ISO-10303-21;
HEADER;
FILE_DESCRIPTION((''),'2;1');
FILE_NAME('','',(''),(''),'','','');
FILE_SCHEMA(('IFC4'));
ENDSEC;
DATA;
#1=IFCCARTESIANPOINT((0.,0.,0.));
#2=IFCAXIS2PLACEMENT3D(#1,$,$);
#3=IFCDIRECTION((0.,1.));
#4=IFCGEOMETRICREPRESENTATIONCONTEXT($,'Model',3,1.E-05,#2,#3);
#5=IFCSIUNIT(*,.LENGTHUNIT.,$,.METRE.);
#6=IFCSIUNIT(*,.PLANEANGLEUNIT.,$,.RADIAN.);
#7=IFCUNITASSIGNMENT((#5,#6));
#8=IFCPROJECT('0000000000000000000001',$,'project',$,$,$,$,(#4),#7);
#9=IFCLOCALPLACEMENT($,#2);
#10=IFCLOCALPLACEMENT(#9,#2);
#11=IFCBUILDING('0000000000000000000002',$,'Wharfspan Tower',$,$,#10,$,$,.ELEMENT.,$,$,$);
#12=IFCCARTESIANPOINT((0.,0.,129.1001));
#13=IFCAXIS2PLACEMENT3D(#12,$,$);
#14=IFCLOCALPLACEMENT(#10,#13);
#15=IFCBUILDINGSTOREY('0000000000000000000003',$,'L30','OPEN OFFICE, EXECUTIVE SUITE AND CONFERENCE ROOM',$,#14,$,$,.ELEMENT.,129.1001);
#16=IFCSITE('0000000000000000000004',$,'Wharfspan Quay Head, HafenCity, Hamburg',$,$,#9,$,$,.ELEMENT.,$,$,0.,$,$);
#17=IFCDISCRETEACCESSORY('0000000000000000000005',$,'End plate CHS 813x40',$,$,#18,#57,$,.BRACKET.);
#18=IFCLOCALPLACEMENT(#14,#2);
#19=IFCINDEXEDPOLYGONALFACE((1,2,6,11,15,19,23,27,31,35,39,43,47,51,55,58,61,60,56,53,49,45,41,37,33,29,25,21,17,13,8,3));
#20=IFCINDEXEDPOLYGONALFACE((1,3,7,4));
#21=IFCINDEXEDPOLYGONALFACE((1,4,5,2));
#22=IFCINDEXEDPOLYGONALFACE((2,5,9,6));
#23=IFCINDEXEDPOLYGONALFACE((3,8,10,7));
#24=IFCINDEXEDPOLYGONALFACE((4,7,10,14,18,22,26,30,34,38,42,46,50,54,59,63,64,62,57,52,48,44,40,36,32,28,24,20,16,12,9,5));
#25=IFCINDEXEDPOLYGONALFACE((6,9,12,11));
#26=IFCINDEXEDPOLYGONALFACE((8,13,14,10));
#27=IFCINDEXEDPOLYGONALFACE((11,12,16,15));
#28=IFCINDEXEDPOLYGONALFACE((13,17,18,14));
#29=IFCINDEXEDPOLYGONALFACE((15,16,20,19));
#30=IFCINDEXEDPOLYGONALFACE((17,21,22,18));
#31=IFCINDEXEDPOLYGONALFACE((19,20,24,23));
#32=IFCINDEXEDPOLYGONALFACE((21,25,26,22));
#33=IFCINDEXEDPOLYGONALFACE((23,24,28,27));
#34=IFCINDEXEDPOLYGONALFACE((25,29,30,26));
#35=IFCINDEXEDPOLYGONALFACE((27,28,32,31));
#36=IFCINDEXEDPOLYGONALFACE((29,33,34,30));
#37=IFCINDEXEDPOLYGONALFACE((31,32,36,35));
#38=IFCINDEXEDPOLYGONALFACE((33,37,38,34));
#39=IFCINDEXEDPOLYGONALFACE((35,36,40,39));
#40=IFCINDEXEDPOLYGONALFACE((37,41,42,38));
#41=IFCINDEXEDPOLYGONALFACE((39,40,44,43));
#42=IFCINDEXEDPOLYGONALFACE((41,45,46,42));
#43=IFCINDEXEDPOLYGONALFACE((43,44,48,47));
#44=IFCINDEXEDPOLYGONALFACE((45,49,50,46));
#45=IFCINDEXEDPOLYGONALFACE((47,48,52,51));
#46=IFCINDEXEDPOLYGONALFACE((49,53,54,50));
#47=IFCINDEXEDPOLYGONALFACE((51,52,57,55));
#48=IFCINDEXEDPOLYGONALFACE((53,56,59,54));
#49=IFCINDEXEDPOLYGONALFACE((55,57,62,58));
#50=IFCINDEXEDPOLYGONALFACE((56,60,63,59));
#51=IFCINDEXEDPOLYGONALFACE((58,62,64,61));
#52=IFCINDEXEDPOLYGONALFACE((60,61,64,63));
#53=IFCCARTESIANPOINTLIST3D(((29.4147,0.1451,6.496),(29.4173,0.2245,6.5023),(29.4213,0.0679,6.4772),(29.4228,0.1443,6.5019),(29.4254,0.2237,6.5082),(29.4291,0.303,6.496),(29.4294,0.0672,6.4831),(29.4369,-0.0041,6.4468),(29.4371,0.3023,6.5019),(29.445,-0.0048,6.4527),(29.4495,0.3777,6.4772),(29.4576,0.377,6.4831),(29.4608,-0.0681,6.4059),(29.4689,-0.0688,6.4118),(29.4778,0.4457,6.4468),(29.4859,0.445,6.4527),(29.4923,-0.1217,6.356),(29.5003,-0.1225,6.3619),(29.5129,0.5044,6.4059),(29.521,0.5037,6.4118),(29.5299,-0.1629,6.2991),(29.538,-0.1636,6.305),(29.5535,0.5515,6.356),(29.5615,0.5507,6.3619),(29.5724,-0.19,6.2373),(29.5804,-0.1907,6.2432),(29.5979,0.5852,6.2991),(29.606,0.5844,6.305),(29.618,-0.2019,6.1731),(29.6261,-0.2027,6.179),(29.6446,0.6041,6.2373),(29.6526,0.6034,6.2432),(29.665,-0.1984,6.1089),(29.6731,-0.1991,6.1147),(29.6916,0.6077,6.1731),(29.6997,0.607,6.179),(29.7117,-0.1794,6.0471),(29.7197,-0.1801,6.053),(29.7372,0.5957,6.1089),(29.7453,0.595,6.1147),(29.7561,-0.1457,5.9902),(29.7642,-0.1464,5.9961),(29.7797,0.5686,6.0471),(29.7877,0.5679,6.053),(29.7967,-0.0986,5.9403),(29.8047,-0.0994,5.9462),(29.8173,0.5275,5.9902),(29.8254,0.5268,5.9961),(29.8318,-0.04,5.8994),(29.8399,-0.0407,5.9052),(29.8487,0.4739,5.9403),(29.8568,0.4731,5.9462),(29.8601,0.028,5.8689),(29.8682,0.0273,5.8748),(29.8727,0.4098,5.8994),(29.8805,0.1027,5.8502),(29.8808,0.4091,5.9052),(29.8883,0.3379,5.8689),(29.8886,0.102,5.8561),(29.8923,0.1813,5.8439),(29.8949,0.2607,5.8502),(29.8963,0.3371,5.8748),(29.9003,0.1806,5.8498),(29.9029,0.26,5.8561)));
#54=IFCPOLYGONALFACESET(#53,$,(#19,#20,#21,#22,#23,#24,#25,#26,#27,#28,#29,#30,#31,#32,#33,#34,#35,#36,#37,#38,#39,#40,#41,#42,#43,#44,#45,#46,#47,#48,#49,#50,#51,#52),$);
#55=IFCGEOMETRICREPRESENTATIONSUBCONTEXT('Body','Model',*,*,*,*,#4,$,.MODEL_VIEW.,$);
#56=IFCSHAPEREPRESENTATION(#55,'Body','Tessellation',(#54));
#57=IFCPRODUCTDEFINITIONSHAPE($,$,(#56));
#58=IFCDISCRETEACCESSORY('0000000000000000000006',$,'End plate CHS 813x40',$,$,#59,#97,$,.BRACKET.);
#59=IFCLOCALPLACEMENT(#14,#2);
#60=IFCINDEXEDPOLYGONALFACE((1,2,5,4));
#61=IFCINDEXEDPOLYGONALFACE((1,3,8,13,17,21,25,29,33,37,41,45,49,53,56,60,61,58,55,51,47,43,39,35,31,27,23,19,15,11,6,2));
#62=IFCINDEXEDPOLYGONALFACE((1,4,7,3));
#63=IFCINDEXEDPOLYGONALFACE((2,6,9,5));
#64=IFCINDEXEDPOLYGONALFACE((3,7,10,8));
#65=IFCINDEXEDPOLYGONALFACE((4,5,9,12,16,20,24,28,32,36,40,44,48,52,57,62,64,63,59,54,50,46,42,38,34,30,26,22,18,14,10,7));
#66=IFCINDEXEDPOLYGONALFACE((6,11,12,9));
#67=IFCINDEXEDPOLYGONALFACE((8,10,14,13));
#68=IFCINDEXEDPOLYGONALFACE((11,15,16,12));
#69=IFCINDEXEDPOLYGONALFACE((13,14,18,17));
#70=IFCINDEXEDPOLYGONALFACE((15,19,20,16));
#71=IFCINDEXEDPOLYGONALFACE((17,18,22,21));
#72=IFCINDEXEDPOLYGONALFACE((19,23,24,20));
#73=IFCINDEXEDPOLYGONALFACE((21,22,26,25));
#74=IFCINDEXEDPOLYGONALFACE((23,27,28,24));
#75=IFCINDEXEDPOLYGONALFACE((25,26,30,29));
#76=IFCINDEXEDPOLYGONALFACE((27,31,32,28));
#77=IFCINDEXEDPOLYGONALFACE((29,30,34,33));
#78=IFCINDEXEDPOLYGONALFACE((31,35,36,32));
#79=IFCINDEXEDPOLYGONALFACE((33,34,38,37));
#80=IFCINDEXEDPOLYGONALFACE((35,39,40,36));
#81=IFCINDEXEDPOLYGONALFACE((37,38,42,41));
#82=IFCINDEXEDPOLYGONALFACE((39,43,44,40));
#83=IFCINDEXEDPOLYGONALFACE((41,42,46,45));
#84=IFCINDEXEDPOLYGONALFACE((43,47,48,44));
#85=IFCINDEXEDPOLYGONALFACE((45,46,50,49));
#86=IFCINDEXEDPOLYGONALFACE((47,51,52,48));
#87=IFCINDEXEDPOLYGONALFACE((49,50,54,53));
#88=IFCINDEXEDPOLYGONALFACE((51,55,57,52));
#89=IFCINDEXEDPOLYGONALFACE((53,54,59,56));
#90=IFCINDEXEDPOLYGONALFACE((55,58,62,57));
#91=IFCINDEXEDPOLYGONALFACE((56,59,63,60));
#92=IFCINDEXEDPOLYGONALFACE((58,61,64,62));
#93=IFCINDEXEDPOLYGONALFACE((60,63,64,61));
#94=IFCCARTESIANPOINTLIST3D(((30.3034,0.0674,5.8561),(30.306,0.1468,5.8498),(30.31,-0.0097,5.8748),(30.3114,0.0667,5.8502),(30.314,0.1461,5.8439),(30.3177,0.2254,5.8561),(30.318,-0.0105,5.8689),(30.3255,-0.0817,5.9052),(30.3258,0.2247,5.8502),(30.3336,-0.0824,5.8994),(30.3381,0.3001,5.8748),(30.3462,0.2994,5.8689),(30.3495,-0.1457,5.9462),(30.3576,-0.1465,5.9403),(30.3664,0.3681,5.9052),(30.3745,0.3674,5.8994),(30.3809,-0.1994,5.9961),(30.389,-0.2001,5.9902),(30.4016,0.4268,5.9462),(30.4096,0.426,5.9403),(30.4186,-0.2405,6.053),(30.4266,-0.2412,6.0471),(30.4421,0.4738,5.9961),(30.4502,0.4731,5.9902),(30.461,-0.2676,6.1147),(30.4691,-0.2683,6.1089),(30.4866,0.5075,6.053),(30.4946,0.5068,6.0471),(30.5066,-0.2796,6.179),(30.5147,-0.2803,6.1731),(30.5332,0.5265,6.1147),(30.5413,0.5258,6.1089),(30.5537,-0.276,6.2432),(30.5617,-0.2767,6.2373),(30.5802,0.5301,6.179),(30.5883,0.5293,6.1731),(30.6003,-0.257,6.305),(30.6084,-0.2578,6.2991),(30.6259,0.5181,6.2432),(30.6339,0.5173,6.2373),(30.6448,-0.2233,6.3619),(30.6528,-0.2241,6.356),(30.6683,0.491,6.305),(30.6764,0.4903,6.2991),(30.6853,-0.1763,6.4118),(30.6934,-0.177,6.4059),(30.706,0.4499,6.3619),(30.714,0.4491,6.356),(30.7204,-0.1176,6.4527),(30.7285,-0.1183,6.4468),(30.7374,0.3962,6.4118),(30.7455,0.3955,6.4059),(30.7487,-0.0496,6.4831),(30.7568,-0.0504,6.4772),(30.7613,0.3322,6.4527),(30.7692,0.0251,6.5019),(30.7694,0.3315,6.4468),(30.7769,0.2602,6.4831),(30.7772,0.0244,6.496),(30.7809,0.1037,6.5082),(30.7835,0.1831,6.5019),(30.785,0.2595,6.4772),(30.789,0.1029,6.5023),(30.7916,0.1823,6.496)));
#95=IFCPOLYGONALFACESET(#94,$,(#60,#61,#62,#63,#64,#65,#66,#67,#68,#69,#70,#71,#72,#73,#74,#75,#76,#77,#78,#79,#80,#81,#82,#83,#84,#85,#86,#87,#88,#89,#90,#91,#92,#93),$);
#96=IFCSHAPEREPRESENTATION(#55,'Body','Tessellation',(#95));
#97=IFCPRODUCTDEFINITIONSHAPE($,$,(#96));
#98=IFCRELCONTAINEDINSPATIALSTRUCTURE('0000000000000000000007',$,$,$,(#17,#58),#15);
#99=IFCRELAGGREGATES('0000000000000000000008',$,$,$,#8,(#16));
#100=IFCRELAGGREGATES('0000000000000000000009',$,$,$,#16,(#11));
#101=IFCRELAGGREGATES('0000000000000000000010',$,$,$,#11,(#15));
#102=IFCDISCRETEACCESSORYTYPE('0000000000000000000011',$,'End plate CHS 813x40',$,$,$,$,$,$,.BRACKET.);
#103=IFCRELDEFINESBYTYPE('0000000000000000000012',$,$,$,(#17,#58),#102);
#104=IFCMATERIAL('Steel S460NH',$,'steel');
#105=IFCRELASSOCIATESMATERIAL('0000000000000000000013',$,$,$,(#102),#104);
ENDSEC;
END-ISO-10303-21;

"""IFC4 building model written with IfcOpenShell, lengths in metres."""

from ifc_helpers import new_model, si_unit, direction, frame, origin, origin_2d, place, context, subcontext, project, spatial, circle, extrude, material, material_profile, profile_set, type_object, element, save


model = new_model("IFC4")

# Units and contexts
model_context = context("Model", 3, precision=1e-05, world=origin(), true_north=direction((0.0, 1.0)))
body_context = subcontext(model_context, "Body", "Model", "MODEL_VIEW")
ifc_project = project(units=[si_unit("LENGTHUNIT", "METRE"), si_unit("PLANEANGLEUNIT", "RADIAN")], contexts=[model_context])

# Site, building, storey
site_placement = place(None, origin())
site = spatial("IfcSite", under=ifc_project, at=site_placement, Name="Wharfspan Quay Head, HafenCity, Hamburg", CompositionType="ELEMENT", RefElevation=0.0)
building_placement = place(site_placement, origin())
building = spatial("IfcBuilding", under=site, at=building_placement, Name="Wharfspan Tower", CompositionType="ELEMENT")
storey_placement = place(building_placement, frame((0.0, 0.0, 129.1001)))
storey = spatial("IfcBuildingStorey", under=building, at=storey_placement, Name="L30", Description="OPEN OFFICE, EXECUTIVE SUITE AND CONFERENCE ROOM", CompositionType="ELEMENT", Elevation=129.1001)

# Shared definitions
ifc_material_1 = material(Name="Steel S460NH", Category="steel")

# Discrete accessories
ifc_material_profile_1 = material_profile(ifc_material_1, circle(Radius=0.4065, at=origin_2d()))
ifc_profile_set_1 = profile_set([ifc_material_profile_1], Name="Steel S460NH")
discrete_accessory_type = type_object("IfcDiscreteAccessoryType", Name="End plate CHS 813x40", PredefinedType="BRACKET", material=ifc_profile_set_1)
for number, where, z_axis, x_axis, name in (
    (1, (29.6548, 0.2029, 6.1731), (0.806559, -0.073324, 0.586588), (0.090536, 0.99589, 0.0), "End plate CHS 813x40"),
    (2, (30.5515, 0.1245, 6.1731), (-0.806559, 0.073324, 0.586588), (-0.090536, -0.99589, 0.0), "End plate CHS 813x40"),
):
    element("IfcDiscreteAccessory", number, at=place(storey_placement, frame(where, z_axis=z_axis, x_axis=x_axis)), inside=storey, type_object=discrete_accessory_type, Name=name, PredefinedType="BRACKET", context=body_context, shape_type="SweptSolid", body=[
        extrude(circle(Radius=0.4065, at=origin_2d()), origin(), (0.0, 0.0, 1.0), 0.01),
    ])

save(model, "model.ifc")
